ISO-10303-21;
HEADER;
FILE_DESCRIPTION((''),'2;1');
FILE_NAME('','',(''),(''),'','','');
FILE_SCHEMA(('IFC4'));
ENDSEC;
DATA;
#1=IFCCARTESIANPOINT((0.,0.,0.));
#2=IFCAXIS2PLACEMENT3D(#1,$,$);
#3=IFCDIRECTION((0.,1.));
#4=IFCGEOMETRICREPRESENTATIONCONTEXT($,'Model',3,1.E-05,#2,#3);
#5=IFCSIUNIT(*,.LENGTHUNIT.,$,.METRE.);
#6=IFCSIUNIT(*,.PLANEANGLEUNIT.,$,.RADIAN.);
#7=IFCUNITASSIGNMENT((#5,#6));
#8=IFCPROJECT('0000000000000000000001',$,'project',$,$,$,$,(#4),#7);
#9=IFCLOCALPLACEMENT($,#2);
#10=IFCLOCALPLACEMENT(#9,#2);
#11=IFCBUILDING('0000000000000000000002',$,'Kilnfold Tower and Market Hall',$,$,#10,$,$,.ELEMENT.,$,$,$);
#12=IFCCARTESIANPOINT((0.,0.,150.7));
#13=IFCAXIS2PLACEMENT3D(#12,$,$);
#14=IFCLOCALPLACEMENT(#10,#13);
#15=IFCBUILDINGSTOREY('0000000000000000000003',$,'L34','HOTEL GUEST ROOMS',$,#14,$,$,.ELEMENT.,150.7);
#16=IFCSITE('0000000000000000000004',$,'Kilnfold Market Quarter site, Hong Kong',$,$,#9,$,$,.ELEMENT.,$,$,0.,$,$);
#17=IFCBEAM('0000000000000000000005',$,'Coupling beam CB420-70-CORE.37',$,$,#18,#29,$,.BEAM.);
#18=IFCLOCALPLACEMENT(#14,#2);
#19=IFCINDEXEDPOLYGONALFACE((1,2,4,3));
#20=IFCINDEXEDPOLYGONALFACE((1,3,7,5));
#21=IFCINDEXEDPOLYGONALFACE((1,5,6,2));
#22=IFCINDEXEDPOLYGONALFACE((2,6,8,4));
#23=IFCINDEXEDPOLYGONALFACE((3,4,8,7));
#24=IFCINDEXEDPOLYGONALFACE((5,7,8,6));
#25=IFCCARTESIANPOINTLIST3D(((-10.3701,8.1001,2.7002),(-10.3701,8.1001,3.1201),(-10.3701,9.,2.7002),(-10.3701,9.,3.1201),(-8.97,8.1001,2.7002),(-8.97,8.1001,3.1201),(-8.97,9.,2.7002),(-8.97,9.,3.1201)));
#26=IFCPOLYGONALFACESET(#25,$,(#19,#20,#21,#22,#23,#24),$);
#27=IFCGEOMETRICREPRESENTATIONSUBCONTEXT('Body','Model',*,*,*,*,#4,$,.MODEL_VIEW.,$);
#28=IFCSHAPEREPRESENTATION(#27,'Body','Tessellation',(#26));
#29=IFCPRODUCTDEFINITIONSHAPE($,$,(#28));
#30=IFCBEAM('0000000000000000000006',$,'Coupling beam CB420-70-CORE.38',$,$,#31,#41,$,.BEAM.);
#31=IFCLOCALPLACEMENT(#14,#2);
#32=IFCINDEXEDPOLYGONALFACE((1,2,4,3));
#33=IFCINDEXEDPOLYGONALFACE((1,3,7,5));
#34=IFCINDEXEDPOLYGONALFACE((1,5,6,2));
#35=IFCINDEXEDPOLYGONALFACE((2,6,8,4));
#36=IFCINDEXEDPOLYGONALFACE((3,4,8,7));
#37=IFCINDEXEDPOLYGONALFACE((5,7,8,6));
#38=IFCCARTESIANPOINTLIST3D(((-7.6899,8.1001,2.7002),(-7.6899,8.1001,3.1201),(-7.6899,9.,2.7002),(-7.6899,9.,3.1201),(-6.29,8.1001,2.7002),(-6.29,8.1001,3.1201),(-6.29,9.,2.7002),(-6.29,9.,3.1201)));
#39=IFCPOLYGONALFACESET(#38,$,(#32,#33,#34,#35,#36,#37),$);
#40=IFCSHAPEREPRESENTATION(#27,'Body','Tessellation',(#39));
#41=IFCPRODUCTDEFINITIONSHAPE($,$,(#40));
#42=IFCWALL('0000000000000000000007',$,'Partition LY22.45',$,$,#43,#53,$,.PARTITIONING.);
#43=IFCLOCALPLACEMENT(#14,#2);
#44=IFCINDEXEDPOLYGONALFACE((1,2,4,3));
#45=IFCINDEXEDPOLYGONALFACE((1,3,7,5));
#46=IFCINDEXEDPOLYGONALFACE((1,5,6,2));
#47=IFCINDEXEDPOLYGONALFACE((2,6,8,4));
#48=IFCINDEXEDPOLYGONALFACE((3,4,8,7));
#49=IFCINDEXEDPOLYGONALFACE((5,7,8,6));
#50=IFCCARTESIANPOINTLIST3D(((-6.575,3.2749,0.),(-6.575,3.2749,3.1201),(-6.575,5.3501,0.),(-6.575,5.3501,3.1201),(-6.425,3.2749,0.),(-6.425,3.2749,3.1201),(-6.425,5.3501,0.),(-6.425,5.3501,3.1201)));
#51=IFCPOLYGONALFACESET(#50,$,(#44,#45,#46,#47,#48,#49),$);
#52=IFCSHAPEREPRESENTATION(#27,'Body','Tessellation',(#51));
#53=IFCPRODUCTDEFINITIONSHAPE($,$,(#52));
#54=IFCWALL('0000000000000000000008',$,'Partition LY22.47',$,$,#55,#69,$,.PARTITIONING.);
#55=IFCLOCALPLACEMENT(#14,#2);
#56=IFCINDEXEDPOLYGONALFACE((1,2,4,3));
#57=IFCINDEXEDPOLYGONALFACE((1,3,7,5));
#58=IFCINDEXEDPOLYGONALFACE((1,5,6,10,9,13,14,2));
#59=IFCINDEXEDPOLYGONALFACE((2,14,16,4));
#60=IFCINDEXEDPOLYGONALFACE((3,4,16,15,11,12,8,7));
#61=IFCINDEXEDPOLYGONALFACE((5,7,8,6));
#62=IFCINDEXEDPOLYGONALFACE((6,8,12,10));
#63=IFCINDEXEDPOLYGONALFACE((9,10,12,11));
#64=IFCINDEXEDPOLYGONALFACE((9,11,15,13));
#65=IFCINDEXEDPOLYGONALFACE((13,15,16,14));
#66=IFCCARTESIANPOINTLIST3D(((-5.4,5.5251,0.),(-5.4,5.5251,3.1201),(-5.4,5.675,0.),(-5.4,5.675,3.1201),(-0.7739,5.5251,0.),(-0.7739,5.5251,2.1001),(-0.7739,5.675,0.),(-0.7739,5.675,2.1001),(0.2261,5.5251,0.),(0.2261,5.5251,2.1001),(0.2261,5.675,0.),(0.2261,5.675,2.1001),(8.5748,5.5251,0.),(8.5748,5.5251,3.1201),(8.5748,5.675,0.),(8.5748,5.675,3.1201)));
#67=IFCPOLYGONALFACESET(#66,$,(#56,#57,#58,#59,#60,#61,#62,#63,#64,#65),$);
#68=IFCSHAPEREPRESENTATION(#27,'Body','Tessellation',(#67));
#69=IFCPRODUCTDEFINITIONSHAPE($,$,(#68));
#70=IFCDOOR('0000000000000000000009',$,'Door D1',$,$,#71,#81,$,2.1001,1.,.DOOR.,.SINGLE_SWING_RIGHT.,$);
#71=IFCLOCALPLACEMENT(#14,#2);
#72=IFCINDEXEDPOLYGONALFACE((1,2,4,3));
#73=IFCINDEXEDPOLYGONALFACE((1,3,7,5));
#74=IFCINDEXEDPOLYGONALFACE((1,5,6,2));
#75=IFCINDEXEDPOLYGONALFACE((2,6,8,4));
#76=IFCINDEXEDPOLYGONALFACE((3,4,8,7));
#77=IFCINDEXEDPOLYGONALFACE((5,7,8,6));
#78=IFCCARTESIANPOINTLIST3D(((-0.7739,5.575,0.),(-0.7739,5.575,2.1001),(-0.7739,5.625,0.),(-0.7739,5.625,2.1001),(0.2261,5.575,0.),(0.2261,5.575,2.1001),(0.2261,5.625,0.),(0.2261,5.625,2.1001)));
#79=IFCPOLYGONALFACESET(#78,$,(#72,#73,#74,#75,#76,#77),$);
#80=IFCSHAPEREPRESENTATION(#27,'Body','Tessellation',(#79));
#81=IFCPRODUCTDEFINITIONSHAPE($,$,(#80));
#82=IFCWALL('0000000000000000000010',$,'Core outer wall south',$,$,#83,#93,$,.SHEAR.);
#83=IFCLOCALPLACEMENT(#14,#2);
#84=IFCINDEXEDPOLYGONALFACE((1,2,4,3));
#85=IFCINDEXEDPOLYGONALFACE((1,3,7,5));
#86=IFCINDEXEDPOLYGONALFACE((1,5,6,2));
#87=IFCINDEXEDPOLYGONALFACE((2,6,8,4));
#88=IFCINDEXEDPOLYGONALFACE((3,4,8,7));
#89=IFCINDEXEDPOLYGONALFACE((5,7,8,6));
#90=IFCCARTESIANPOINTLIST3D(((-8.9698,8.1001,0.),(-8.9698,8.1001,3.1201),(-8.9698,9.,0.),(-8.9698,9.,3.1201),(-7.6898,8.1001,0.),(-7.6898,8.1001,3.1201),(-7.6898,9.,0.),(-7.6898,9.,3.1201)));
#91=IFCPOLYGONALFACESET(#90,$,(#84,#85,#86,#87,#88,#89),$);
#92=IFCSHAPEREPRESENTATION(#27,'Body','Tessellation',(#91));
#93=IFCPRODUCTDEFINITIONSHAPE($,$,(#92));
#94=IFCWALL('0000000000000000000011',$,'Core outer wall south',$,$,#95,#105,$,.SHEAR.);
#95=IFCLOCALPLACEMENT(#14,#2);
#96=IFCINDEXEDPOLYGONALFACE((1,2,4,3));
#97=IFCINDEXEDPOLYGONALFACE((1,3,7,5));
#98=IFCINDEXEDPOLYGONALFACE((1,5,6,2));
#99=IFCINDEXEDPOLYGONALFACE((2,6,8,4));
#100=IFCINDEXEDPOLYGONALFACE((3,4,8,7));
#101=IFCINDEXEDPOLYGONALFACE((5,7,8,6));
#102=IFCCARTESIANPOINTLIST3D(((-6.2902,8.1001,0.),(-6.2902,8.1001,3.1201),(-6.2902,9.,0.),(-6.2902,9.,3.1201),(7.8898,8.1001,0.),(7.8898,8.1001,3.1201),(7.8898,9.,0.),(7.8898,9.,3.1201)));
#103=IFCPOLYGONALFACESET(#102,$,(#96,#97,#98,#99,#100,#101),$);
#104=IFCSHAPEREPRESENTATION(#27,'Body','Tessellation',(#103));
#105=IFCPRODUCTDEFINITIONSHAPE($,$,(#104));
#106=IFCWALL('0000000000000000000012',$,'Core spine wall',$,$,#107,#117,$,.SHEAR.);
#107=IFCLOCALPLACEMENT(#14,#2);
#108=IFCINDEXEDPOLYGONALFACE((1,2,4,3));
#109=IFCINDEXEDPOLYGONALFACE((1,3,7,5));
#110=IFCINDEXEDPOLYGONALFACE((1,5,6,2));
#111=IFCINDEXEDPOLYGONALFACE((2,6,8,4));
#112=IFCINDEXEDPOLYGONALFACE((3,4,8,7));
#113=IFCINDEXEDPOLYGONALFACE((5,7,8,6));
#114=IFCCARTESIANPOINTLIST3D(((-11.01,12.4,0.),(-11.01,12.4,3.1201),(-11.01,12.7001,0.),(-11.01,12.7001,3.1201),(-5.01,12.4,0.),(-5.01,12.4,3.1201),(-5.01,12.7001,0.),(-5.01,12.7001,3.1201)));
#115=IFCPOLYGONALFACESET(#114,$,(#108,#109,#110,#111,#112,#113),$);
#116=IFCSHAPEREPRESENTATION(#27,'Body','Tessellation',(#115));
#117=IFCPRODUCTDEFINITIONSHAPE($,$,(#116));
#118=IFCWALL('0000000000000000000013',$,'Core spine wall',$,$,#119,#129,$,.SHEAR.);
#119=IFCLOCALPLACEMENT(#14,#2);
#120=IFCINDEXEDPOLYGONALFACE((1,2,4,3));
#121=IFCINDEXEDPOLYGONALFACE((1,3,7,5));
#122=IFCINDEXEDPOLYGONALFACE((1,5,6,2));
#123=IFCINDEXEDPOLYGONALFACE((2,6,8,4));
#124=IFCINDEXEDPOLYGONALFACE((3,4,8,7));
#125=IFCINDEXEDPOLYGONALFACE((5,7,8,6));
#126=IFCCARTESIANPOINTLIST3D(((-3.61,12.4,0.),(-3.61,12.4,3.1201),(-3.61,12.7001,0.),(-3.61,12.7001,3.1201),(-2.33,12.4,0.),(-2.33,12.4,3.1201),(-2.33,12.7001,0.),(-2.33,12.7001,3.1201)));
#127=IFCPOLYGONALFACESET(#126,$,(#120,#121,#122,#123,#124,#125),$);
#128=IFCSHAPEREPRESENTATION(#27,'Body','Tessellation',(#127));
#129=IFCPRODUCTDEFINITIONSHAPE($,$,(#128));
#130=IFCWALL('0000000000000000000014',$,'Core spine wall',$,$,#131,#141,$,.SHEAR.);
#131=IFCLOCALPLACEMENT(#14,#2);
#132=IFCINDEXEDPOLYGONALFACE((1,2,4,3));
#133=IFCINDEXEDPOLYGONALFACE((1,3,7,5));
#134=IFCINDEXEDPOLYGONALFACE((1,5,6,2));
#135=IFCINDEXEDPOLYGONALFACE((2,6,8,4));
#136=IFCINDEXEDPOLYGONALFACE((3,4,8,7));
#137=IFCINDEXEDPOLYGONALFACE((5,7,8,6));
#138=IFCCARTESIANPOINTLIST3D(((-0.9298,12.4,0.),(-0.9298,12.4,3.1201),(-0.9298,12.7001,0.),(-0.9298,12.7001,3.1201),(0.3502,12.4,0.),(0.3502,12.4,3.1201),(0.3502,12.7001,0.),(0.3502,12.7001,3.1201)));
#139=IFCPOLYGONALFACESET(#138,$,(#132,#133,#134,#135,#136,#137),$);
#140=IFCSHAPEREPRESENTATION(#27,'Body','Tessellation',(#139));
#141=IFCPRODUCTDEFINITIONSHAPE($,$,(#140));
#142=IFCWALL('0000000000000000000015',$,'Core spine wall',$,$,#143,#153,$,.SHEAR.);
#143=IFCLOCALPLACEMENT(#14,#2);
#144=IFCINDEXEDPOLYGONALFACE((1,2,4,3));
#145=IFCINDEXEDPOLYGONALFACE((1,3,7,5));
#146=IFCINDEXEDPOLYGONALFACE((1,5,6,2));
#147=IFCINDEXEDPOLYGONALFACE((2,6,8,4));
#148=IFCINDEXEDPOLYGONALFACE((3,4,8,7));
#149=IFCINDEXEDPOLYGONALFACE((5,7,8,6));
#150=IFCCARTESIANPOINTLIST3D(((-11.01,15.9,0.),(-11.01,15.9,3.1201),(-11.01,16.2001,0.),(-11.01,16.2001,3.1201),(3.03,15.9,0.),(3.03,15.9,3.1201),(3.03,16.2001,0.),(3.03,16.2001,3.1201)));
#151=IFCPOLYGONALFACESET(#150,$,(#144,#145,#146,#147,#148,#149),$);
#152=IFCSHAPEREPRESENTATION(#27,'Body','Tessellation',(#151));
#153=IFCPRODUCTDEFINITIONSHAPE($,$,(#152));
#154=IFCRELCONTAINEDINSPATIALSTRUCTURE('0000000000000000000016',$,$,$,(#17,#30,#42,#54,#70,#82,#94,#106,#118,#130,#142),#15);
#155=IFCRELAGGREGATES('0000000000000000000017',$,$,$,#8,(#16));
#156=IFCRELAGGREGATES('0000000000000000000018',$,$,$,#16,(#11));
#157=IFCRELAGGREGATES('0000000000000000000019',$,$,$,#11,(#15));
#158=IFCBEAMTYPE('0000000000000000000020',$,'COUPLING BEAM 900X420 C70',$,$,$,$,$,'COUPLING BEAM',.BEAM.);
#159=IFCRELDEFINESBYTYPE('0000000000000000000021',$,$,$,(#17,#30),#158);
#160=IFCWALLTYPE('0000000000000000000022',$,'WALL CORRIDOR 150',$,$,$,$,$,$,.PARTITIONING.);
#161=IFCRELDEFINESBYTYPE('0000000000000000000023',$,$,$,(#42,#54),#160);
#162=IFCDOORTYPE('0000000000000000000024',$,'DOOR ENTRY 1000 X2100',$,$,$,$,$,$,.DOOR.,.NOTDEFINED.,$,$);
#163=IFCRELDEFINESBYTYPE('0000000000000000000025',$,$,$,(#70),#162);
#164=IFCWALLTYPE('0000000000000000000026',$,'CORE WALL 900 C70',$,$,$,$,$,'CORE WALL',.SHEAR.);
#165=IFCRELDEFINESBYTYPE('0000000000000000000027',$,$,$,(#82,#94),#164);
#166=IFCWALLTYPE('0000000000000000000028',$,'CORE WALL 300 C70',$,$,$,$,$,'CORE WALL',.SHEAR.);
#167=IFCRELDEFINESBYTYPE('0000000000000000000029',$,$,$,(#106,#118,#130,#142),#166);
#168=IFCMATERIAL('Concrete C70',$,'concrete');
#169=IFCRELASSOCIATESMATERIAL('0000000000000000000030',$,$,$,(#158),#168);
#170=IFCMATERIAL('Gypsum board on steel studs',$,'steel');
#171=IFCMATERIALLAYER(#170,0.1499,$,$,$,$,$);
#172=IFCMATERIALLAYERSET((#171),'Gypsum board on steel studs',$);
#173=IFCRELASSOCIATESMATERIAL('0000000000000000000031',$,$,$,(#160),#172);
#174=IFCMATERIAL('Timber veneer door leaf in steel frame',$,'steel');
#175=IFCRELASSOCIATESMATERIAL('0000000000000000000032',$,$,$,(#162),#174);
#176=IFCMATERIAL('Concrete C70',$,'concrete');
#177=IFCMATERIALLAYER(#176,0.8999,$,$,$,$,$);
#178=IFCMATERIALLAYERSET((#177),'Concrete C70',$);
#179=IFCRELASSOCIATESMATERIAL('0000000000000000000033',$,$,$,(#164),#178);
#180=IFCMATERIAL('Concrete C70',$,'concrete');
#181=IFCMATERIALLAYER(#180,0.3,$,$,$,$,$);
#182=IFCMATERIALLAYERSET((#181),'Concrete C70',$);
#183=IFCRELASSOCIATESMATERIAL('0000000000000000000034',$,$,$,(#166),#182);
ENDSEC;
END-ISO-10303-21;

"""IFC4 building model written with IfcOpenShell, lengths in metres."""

from ifc_helpers import new_model, si_unit, direction, frame, frame_2d, origin, origin_2d, place, context, subcontext, project, spatial, rectangle, extrude, source, transform, mapped, material, layer, layer_set, material_profile, profile_set, type_object, element, fill, save


model = new_model("IFC4")

# Units and contexts
model_context = context("Model", 3, precision=1e-05, world=origin(), true_north=direction((0.0, 1.0)))
body_context = subcontext(model_context, "Body", "Model", "MODEL_VIEW")
ifc_project = project(units=[si_unit("LENGTHUNIT", "METRE"), si_unit("PLANEANGLEUNIT", "RADIAN")], contexts=[model_context])

# Site, building, storey
site_placement = place(None, origin())
site = spatial("IfcSite", under=ifc_project, at=site_placement, Name="Kilnfold Market Quarter site, Hong Kong", CompositionType="ELEMENT", RefElevation=0.0)
building_placement = place(site_placement, origin())
building = spatial("IfcBuilding", under=site, at=building_placement, Name="Kilnfold Tower and Market Hall", CompositionType="ELEMENT")
storey_placement = place(building_placement, frame((0.0, 0.0, 150.7)))
storey = spatial("IfcBuildingStorey", under=building, at=storey_placement, Name="L34", Description="HOTEL GUEST ROOMS", CompositionType="ELEMENT", Elevation=150.7)

# Beams
ifc_material_1 = material(Name="Concrete C70", Category="concrete")
ifc_material_profile = material_profile(ifc_material_1, rectangle(XDim=0.8999, YDim=0.4199, at=origin_2d()), Name="RC 900x420")
ifc_profile_set = profile_set([ifc_material_profile], Name="Concrete C70")
beam_type = type_object("IfcBeamType", Name="COUPLING BEAM 900X420 C70", ElementType="COUPLING BEAM", PredefinedType="BEAM", material=ifc_profile_set)
shared_shape_1 = source(origin(), body_context, "Body", "SweptSolid", [
    extrude(rectangle(XDim=0.8999, YDim=0.4199, at=origin_2d()), origin(), (0.0, 0.0, 1.0), 1.4001),
])
beam_1_placement = place(storey_placement, frame((-10.3701, 8.55, 2.9102), z_axis=(1.0, 0.0, 0.0), x_axis=(0.0, 1.0, 0.0)))
element("IfcBeam", 1, at=beam_1_placement, inside=storey, type_object=beam_type, Name="Coupling beam CB420-70-CORE.37", PredefinedType="BEAM", context=body_context, shape_type="MappedRepresentation", body=[
    mapped(shared_shape_1, transform((0.0, 0.0, 0.0))),
])
shared_shape_2 = source(origin(), body_context, "Body", "SweptSolid", [
    extrude(rectangle(XDim=0.8999, YDim=0.4199, at=origin_2d()), origin(), (0.0, 0.0, 1.0), 1.3999),
])
beam_2_placement = place(storey_placement, frame((-7.6899, 8.55, 2.9102), z_axis=(1.0, 0.0, 0.0), x_axis=(0.0, 1.0, 0.0)))
element("IfcBeam", 2, at=beam_2_placement, inside=storey, type_object=beam_type, Name="Coupling beam CB420-70-CORE.38", PredefinedType="BEAM", context=body_context, shape_type="MappedRepresentation", body=[
    mapped(shared_shape_2, transform((0.0, 0.0, 0.0))),
])

# Wall
ifc_material_2 = material(Name="Gypsum board on steel studs", Category="steel")
ifc_layer_1 = layer(ifc_material_2, 0.1499)
ifc_layer_set_1 = layer_set([ifc_layer_1], Name="Gypsum board on steel studs")
wall_type_1 = type_object("IfcWallType", Name="WALL CORRIDOR 150", PredefinedType="PARTITIONING", material=ifc_layer_set_1)
wall_1_placement = place(storey_placement, frame((-6.5, 3.2749, 0.0), z_axis=(0.0, 0.0, 1.0), x_axis=(0.0, 1.0, 0.0)))
element("IfcWall", 3, at=wall_1_placement, inside=storey, type_object=wall_type_1, Name="Partition LY22.45", PredefinedType="PARTITIONING", context=body_context, shape_type="SweptSolid", body=[
    extrude(rectangle(XDim=2.0752, YDim=0.1499, at=frame_2d((1.0376, 0.0))), origin(), (0.0, 0.0, 1.0), 3.1201),
])

# Wall, opening, door
wall_2_placement = place(storey_placement, frame((-5.3999, 5.6001, 0.0), z_axis=(0.0, 0.0, 1.0), x_axis=(1.0, 0.0, 0.0)))
wall_2 = element("IfcWall", 4, at=wall_2_placement, inside=storey, type_object=wall_type_1, Name="Partition LY22.47", PredefinedType="PARTITIONING", context=body_context, shape_type="SweptSolid", body=[
    extrude(rectangle(XDim=13.9749, YDim=0.1499, at=frame_2d((6.9873, 0.0))), origin(), (0.0, 0.0, 1.0), 3.1201),
])
opening_1_placement = place(wall_2_placement, frame((4.626, 0.0, 0.0)))
opening_1 = element("IfcOpeningElement", 5, at=opening_1_placement, cuts=wall_2, PredefinedType="OPENING", context=body_context, shape_type="SweptSolid", body=[
    extrude(rectangle(XDim=1.0, YDim=2.1001, at=frame_2d((0.5, 1.05))), frame((0.0, 0.085, 0.0), z_axis=(0.0, -1.0, 0.0), x_axis=(1.0, 0.0, 0.0)), (0.0, 0.0, 1.0), 0.1699),
])
ifc_material_3 = material(Name="Timber veneer door leaf in steel frame", Category="steel")
door_type_1 = type_object("IfcDoorType", Name="DOOR ENTRY 1000 X2100", OperationType="NOTDEFINED", PredefinedType="DOOR", material=ifc_material_3)
door_1_placement = place(opening_1_placement, origin())
door_1 = element("IfcDoor", 6, at=door_1_placement, inside=storey, type_object=door_type_1, Name="Door D1", OperationType="SINGLE_SWING_RIGHT", OverallHeight=2.1001, OverallWidth=1.0, PredefinedType="DOOR", context=body_context, shape_type="SweptSolid", body=[
    extrude(rectangle(XDim=1.0, YDim=2.1001, at=frame_2d((0.5, 1.05))), frame((0.0, 0.0249, 0.0), z_axis=(0.0, -1.0, 0.0), x_axis=(1.0, 0.0, 0.0)), (0.0, 0.0, 1.0), 0.05),
])
fill(opening_1, door_1)

# Walls
ifc_material_4 = material(Name="Concrete C70", Category="concrete")
ifc_layer_2 = layer(ifc_material_4, 0.8999)
ifc_layer_set_2 = layer_set([ifc_layer_2], Name="Concrete C70")
wall_type_2 = type_object("IfcWallType", Name="CORE WALL 900 C70", ElementType="CORE WALL", PredefinedType="SHEAR", material=ifc_layer_set_2)
shared_shape_3 = source(origin(), body_context, "Body", "SweptSolid", [
    extrude(rectangle(XDim=1.28, YDim=0.8999, at=frame_2d((0.6401, 0.0))), origin(), (0.0, 0.0, 1.0), 3.1201),
])
wall_3_placement = place(storey_placement, frame((-8.97, 8.55, 0.0), z_axis=(0.0, 0.0, 1.0), x_axis=(1.0, 0.0, 0.0)))
element("IfcWall", 7, at=wall_3_placement, inside=storey, type_object=wall_type_2, Name="Core outer wall south", PredefinedType="SHEAR", context=body_context, shape_type="MappedRepresentation", body=[
    mapped(shared_shape_3, transform((0.0, 0.0, 0.0))),
])
shared_shape_4 = source(origin(), body_context, "Body", "SweptSolid", [
    extrude(rectangle(XDim=14.1799, YDim=0.8999, at=frame_2d((7.0898, 0.0))), origin(), (0.0, 0.0, 1.0), 3.1201),
])
wall_4_placement = place(storey_placement, frame((-6.29, 8.55, 0.0), z_axis=(0.0, 0.0, 1.0), x_axis=(1.0, 0.0, 0.0)))
element("IfcWall", 8, at=wall_4_placement, inside=storey, type_object=wall_type_2, Name="Core outer wall south", PredefinedType="SHEAR", context=body_context, shape_type="MappedRepresentation", body=[
    mapped(shared_shape_4, transform((0.0, 0.0, 0.0))),
])
ifc_material_5 = material(Name="Concrete C70", Category="concrete")
ifc_layer_3 = layer(ifc_material_5, 0.3)
ifc_layer_set_3 = layer_set([ifc_layer_3], Name="Concrete C70")
wall_type_3 = type_object("IfcWallType", Name="CORE WALL 300 C70", ElementType="CORE WALL", PredefinedType="SHEAR", material=ifc_layer_set_3)
shared_shape_5 = source(origin(), body_context, "Body", "SweptSolid", [
    extrude(rectangle(XDim=6.0, YDim=0.3, at=frame_2d((3.0, 0.0))), origin(), (0.0, 0.0, 1.0), 3.1201),
])
wall_5_placement = place(storey_placement, frame((-11.01, 12.55, 0.0), z_axis=(0.0, 0.0, 1.0), x_axis=(1.0, 0.0, 0.0)))
element("IfcWall", 9, at=wall_5_placement, inside=storey, type_object=wall_type_3, Name="Core spine wall", PredefinedType="SHEAR", context=body_context, shape_type="MappedRepresentation", body=[
    mapped(shared_shape_5, transform((0.0, 0.0, 0.0))),
])
shared_shape_6 = source(origin(), body_context, "Body", "SweptSolid", [
    extrude(rectangle(XDim=1.28, YDim=0.3, at=frame_2d((0.6401, 0.0))), origin(), (0.0, 0.0, 1.0), 3.1201),
])
for number, where, z_axis, x_axis, name in (
    (10, (-3.6101, 12.55, 0.0), (0.0, 0.0, 1.0), (1.0, 0.0, 0.0), "Core spine wall"),
    (11, (-0.9299, 12.55, 0.0), (0.0, 0.0, 1.0), (1.0, 0.0, 0.0), "Core spine wall"),
):
    element("IfcWall", number, at=place(storey_placement, frame(where, z_axis=z_axis, x_axis=x_axis)), inside=storey, type_object=wall_type_3, Name=name, PredefinedType="SHEAR", context=body_context, shape_type="MappedRepresentation", body=[
        mapped(shared_shape_6, transform((0.0, 0.0, 0.0))),
    ])
shared_shape_7 = source(origin(), body_context, "Body", "SweptSolid", [
    extrude(rectangle(XDim=14.04, YDim=0.3, at=frame_2d((7.02, 0.0))), origin(), (0.0, 0.0, 1.0), 3.1201),
])
wall_6_placement = place(storey_placement, frame((-11.01, 16.05, 0.0), z_axis=(0.0, 0.0, 1.0), x_axis=(1.0, 0.0, 0.0)))
element("IfcWall", 12, at=wall_6_placement, inside=storey, type_object=wall_type_3, Name="Core spine wall", PredefinedType="SHEAR", context=body_context, shape_type="MappedRepresentation", body=[
    mapped(shared_shape_7, transform((0.0, 0.0, 0.0))),
])

save(model, "model.ifc")
